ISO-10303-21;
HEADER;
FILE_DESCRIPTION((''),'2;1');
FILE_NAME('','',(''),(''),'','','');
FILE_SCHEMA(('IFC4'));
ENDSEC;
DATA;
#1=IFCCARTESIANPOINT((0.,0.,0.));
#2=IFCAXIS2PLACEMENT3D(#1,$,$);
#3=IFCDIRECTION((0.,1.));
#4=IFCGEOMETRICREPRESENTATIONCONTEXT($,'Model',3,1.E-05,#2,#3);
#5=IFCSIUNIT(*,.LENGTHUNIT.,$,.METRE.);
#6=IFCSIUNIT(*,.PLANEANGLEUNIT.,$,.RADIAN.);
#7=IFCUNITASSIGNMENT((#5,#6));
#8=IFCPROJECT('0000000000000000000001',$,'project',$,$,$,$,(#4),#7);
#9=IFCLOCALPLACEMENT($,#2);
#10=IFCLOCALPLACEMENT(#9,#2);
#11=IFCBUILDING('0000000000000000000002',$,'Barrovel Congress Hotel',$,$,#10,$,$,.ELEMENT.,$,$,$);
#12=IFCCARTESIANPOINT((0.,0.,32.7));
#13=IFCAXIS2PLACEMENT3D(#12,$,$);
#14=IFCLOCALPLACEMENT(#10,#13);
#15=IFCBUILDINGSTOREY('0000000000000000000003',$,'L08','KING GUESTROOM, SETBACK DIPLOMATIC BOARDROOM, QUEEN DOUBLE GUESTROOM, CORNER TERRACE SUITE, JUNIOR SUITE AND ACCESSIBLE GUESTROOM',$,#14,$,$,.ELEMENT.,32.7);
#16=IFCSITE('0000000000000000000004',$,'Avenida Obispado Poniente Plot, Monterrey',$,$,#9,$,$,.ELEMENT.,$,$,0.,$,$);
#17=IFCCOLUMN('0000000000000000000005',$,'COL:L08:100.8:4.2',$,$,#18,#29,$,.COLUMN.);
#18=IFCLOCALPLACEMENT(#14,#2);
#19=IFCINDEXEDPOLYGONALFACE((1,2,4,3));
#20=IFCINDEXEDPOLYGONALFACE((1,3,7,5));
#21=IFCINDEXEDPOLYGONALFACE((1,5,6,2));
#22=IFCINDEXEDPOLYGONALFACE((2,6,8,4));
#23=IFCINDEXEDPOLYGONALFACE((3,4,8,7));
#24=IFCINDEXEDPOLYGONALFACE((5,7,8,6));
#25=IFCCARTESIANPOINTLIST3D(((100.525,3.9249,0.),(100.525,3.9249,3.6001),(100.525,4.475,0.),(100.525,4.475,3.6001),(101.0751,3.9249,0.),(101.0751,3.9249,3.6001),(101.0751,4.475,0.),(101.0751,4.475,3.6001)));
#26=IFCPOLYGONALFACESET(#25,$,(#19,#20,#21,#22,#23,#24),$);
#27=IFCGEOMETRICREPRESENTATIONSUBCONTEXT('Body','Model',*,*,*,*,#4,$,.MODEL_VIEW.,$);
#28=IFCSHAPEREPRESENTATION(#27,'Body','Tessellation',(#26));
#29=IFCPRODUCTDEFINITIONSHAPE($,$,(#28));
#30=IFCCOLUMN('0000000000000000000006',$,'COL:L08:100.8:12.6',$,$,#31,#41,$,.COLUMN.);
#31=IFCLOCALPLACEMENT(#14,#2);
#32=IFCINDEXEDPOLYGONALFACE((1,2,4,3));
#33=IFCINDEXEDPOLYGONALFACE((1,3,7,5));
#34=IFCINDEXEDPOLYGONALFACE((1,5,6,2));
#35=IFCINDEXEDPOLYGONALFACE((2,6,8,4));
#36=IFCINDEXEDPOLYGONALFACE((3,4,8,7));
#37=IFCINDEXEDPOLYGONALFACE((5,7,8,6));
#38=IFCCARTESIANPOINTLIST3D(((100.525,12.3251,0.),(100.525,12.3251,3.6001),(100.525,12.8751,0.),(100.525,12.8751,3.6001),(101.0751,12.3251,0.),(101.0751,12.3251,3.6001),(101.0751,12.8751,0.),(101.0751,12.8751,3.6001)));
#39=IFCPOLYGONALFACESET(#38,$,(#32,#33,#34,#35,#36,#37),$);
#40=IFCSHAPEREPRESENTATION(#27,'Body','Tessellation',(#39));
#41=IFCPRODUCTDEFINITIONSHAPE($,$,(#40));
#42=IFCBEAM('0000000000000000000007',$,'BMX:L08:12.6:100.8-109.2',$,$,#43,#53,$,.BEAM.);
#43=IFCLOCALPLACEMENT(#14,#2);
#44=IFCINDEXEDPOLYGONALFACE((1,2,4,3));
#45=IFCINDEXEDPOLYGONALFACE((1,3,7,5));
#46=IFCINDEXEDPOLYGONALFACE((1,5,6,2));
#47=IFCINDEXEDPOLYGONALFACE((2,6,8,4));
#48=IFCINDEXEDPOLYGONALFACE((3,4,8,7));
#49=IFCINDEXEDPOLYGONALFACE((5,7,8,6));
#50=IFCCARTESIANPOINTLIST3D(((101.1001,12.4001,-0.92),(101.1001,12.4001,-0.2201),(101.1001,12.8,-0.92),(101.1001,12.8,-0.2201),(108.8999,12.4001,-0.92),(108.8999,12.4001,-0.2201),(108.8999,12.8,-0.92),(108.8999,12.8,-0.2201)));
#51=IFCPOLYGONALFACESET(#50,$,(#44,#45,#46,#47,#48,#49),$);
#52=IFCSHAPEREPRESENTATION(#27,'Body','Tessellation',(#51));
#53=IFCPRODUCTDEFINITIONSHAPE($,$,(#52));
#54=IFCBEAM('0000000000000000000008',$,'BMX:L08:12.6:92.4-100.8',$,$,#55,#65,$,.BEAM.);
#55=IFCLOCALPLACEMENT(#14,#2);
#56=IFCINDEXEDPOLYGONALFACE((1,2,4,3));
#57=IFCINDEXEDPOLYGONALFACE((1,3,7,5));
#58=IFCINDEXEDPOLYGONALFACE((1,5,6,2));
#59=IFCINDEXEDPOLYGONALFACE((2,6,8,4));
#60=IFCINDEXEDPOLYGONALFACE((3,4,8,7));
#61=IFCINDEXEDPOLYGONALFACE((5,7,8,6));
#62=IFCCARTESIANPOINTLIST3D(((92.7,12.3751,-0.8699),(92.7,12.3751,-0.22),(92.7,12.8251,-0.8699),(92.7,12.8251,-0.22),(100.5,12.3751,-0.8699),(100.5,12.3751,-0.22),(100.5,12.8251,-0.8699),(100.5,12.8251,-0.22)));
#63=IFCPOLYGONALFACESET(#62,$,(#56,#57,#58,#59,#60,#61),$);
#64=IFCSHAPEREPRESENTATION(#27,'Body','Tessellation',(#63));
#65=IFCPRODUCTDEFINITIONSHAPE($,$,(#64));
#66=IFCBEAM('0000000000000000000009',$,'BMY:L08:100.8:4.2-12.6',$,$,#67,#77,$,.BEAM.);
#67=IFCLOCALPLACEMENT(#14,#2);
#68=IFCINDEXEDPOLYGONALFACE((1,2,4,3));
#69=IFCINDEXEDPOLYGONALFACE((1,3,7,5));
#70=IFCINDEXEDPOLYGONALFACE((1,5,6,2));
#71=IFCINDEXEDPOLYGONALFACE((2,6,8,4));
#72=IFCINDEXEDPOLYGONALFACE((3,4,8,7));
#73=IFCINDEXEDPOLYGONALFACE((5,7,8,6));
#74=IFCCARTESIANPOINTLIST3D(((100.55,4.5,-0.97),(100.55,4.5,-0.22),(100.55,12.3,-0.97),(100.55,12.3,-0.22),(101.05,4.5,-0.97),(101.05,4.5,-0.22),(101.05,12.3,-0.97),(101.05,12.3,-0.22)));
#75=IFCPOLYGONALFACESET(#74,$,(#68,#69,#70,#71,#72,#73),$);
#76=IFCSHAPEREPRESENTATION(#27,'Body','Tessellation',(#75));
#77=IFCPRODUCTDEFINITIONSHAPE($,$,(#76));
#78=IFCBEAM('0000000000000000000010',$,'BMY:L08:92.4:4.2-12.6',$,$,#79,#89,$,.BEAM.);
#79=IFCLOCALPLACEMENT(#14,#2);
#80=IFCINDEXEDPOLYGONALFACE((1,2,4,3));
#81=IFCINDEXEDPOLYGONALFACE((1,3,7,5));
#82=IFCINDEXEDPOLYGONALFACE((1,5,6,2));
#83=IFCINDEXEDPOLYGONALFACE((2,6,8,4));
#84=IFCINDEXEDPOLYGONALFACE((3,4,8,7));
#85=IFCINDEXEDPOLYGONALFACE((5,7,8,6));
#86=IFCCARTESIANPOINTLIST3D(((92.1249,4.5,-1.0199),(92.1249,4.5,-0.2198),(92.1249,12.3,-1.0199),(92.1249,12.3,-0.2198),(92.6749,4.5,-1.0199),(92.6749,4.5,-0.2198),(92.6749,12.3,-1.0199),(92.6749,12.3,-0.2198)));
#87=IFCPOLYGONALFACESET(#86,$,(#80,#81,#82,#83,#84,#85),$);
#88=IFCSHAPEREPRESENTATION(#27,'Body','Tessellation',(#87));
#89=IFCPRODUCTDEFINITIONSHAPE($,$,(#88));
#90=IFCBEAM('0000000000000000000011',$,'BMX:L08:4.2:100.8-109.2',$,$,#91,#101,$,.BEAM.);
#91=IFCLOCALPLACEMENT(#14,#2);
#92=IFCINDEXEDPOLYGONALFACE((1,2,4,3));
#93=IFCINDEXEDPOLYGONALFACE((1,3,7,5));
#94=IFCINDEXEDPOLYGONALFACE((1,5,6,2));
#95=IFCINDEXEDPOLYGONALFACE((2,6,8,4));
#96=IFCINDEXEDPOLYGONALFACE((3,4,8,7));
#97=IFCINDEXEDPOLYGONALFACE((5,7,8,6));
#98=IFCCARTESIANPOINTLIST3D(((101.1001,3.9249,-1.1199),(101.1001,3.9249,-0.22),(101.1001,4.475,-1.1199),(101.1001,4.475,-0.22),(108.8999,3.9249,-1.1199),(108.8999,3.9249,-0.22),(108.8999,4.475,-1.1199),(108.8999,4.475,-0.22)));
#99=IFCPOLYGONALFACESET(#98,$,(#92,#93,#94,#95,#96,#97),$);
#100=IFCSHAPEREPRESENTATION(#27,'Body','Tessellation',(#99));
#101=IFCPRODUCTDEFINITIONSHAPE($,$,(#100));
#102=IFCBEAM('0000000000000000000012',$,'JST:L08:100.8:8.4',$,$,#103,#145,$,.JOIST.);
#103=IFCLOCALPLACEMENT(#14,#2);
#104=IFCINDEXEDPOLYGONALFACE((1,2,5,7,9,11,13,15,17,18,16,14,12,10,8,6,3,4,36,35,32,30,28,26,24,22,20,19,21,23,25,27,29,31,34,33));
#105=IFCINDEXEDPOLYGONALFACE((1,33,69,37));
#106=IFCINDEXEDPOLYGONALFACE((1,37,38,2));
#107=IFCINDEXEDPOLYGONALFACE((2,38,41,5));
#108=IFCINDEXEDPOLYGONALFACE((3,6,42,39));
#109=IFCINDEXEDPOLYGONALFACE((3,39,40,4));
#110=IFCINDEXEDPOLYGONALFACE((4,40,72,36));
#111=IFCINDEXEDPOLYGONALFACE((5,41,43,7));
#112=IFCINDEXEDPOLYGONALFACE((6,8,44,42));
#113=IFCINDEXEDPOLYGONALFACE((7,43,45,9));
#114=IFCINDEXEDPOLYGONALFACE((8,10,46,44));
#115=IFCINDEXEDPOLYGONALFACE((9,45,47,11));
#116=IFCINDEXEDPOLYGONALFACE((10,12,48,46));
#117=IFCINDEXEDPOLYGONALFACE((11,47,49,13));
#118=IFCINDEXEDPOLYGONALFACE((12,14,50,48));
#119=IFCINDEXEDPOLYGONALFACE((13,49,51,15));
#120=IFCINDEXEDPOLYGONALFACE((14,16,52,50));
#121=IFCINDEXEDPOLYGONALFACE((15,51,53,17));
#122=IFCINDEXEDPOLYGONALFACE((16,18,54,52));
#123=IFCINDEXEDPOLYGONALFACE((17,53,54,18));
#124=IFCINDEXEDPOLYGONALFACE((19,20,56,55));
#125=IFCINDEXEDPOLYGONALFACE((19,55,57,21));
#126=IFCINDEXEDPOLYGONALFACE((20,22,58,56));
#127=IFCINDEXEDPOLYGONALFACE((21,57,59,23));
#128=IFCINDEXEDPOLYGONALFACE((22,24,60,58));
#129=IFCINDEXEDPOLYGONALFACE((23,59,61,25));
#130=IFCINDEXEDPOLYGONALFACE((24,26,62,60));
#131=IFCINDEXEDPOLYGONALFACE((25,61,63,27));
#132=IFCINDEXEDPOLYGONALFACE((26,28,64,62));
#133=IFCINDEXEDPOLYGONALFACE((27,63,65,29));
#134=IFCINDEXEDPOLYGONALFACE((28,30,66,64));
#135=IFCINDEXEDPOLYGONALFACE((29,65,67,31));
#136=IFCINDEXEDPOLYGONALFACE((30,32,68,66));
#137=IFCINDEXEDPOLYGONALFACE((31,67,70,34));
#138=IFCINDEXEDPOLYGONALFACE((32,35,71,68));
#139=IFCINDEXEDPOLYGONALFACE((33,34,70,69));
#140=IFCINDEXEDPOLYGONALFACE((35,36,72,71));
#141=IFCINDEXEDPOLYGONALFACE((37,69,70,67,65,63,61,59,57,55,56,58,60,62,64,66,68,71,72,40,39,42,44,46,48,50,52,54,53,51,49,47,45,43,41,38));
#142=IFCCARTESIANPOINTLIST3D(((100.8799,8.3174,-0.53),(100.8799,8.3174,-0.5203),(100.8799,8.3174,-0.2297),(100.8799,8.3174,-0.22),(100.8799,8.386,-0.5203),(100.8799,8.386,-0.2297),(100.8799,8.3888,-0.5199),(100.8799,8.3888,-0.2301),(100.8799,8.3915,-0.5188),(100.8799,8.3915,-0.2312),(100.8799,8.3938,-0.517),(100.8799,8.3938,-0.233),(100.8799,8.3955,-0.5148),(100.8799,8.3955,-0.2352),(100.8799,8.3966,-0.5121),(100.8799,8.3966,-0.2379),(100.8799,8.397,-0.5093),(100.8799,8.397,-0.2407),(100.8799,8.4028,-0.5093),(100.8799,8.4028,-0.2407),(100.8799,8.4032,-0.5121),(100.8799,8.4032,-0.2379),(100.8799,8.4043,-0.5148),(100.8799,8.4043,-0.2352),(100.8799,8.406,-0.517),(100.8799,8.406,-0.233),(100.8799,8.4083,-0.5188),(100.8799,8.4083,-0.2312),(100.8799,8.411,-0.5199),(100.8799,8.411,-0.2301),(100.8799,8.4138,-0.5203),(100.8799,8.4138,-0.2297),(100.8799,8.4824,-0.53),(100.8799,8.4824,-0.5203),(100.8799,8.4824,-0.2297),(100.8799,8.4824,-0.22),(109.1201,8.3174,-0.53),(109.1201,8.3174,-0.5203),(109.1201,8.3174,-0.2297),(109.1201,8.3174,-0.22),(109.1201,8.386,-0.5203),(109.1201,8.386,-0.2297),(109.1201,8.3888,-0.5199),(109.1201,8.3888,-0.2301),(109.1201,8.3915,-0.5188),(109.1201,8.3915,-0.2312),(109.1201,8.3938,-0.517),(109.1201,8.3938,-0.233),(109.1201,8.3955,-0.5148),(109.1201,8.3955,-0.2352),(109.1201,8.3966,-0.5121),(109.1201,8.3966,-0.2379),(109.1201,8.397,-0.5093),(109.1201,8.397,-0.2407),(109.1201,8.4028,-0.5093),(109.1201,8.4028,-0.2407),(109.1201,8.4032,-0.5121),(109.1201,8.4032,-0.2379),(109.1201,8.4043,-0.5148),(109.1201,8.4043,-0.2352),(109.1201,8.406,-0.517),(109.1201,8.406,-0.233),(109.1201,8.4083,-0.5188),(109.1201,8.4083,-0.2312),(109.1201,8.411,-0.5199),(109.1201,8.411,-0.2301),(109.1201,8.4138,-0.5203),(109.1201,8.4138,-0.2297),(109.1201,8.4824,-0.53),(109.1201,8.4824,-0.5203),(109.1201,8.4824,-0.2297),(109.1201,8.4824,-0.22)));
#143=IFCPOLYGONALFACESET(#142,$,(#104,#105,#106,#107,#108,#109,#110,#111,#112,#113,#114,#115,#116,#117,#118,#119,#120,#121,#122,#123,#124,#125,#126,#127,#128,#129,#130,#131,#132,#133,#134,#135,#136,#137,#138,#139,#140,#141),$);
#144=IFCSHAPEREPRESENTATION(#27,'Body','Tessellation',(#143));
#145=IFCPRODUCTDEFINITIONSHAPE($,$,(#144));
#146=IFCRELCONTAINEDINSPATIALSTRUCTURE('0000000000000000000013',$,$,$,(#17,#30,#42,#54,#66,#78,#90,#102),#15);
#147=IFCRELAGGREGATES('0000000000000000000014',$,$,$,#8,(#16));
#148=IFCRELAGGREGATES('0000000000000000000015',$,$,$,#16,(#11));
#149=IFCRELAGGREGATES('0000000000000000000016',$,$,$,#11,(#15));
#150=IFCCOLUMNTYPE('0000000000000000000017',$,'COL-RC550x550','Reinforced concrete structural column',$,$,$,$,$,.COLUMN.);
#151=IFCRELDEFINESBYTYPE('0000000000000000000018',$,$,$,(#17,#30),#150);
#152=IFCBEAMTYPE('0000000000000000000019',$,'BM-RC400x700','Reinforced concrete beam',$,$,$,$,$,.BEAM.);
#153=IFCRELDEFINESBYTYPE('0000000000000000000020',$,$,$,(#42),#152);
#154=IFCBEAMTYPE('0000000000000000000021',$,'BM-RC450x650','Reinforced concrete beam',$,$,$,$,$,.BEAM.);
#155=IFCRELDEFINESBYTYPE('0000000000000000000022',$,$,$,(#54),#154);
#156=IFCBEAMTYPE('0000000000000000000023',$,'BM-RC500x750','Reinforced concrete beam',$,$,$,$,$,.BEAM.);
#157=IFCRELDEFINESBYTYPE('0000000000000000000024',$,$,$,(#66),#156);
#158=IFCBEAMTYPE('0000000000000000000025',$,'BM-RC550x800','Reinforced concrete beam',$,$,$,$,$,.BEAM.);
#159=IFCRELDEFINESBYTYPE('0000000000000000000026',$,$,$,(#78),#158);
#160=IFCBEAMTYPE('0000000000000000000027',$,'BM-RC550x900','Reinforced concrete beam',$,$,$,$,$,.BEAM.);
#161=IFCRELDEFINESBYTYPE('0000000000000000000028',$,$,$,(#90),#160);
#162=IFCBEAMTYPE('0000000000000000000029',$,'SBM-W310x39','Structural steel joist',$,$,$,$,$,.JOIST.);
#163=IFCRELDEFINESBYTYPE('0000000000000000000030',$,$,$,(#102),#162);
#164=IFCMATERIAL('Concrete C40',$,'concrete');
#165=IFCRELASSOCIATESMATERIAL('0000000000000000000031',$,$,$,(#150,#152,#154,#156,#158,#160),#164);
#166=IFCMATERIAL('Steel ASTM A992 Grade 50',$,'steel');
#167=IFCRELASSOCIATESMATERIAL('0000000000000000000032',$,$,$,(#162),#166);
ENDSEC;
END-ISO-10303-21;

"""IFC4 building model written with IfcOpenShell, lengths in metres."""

from ifc_helpers import new_model, si_unit, direction, frame, origin, origin_2d, place, context, subcontext, project, spatial, rectangle, i_section, extrude, material, material_profile, profile_set, type_object, element, save


model = new_model("IFC4")

# Units and contexts
model_context = context("Model", 3, precision=1e-05, world=origin(), true_north=direction((0.0, 1.0)))
body_context = subcontext(model_context, "Body", "Model", "MODEL_VIEW")
ifc_project = project(units=[si_unit("LENGTHUNIT", "METRE"), si_unit("PLANEANGLEUNIT", "RADIAN")], contexts=[model_context])

# Site, building, storey
site_placement = place(None, origin())
site = spatial("IfcSite", under=ifc_project, at=site_placement, Name="Avenida Obispado Poniente Plot, Monterrey", CompositionType="ELEMENT", RefElevation=0.0)
building_placement = place(site_placement, origin())
building = spatial("IfcBuilding", under=site, at=building_placement, Name="Barrovel Congress Hotel", CompositionType="ELEMENT")
storey_placement = place(building_placement, frame((0.0, 0.0, 32.7)))
storey = spatial("IfcBuildingStorey", under=building, at=storey_placement, Name="L08", Description="KING GUESTROOM, SETBACK DIPLOMATIC BOARDROOM, QUEEN DOUBLE GUESTROOM, CORNER TERRACE SUITE, JUNIOR SUITE AND ACCESSIBLE GUESTROOM", CompositionType="ELEMENT", Elevation=32.7)

# Columns
ifc_material_1 = material(Name="Concrete C40", Category="concrete")
ifc_material_profile_1 = material_profile(ifc_material_1, rectangle(XDim=0.55, YDim=0.55, at=origin_2d()), Name="RC550x550")
ifc_profile_set_1 = profile_set([ifc_material_profile_1], Name="Concrete C40")
column_type = type_object("IfcColumnType", Name="COL-RC550x550", Description="Reinforced concrete structural column", PredefinedType="COLUMN", material=ifc_profile_set_1)
for number, where, z_axis, x_axis, name in (
    (1, (100.8, 4.2, 0.0), (0.0, 0.0, 1.0), (1.0, 0.0, 0.0), "COL:L08:100.8:4.2"),
    (2, (100.8, 12.6001, 0.0), (0.0, 0.0, 1.0), (1.0, 0.0, 0.0), "COL:L08:100.8:12.6"),
):
    element("IfcColumn", number, at=place(storey_placement, frame(where, z_axis=z_axis, x_axis=x_axis)), inside=storey, type_object=column_type, Name=name, PredefinedType="COLUMN", context=body_context, shape_type="SweptSolid", body=[
        extrude(rectangle(XDim=0.55, YDim=0.55, at=origin_2d()), origin(), (0.0, 0.0, 1.0), 3.6001),
    ])

# Beams
ifc_material_profile_2 = material_profile(ifc_material_1, rectangle(XDim=0.3999, YDim=0.7, at=origin_2d()), Name="RC400x700")
ifc_profile_set_2 = profile_set([ifc_material_profile_2], Name="Concrete C40")
beam_type_1 = type_object("IfcBeamType", Name="BM-RC400x700", Description="Reinforced concrete beam", PredefinedType="BEAM", material=ifc_profile_set_2)
beam_1_placement = place(storey_placement, frame((101.1001, 12.6001, -0.5701), z_axis=(1.0, 0.0, 0.0), x_axis=(0.0, 1.0, 0.0)))
element("IfcBeam", 3, at=beam_1_placement, inside=storey, type_object=beam_type_1, Name="BMX:L08:12.6:100.8-109.2", PredefinedType="BEAM", context=body_context, shape_type="SweptSolid", body=[
    extrude(rectangle(XDim=0.3999, YDim=0.7, at=origin_2d()), origin(), (0.0, 0.0, 1.0), 7.7998),
])
ifc_material_profile_3 = material_profile(ifc_material_1, rectangle(XDim=0.45, YDim=0.6499, at=origin_2d()), Name="RC450x650")
ifc_profile_set_3 = profile_set([ifc_material_profile_3], Name="Concrete C40")
beam_type_2 = type_object("IfcBeamType", Name="BM-RC450x650", Description="Reinforced concrete beam", PredefinedType="BEAM", material=ifc_profile_set_3)
beam_2_placement = place(storey_placement, frame((92.7, 12.6001, -0.5449), z_axis=(1.0, 0.0, 0.0), x_axis=(0.0, 1.0, 0.0)))
element("IfcBeam", 4, at=beam_2_placement, inside=storey, type_object=beam_type_2, Name="BMX:L08:12.6:92.4-100.8", PredefinedType="BEAM", context=body_context, shape_type="SweptSolid", body=[
    extrude(rectangle(XDim=0.45, YDim=0.6499, at=origin_2d()), origin(), (0.0, 0.0, 1.0), 7.8),
])
ifc_material_profile_4 = material_profile(ifc_material_1, rectangle(XDim=0.5, YDim=0.75, at=origin_2d()), Name="RC500x750")
ifc_profile_set_4 = profile_set([ifc_material_profile_4], Name="Concrete C40")
beam_type_3 = type_object("IfcBeamType", Name="BM-RC500x750", Description="Reinforced concrete beam", PredefinedType="BEAM", material=ifc_profile_set_4)
beam_3_placement = place(storey_placement, frame((100.8, 4.5, -0.595), z_axis=(0.0, 1.0, 0.0), x_axis=(-1.0, 0.0, 0.0)))
element("IfcBeam", 5, at=beam_3_placement, inside=storey, type_object=beam_type_3, Name="BMY:L08:100.8:4.2-12.6", PredefinedType="BEAM", context=body_context, shape_type="SweptSolid", body=[
    extrude(rectangle(XDim=0.5, YDim=0.75, at=origin_2d()), origin(), (0.0, 0.0, 1.0), 7.8),
])
ifc_material_profile_5 = material_profile(ifc_material_1, rectangle(XDim=0.55, YDim=0.8, at=origin_2d()), Name="RC550x800")
ifc_profile_set_5 = profile_set([ifc_material_profile_5], Name="Concrete C40")
beam_type_4 = type_object("IfcBeamType", Name="BM-RC550x800", Description="Reinforced concrete beam", PredefinedType="BEAM", material=ifc_profile_set_5)
beam_4_placement = place(storey_placement, frame((92.3999, 4.5, -0.6199), z_axis=(0.0, 1.0, 0.0), x_axis=(-1.0, 0.0, 0.0)))
element("IfcBeam", 6, at=beam_4_placement, inside=storey, type_object=beam_type_4, Name="BMY:L08:92.4:4.2-12.6", PredefinedType="BEAM", context=body_context, shape_type="SweptSolid", body=[
    extrude(rectangle(XDim=0.55, YDim=0.8, at=origin_2d()), origin(), (0.0, 0.0, 1.0), 7.8),
])
ifc_material_profile_6 = material_profile(ifc_material_1, rectangle(XDim=0.55, YDim=0.8999, at=origin_2d()), Name="RC550x900")
ifc_profile_set_6 = profile_set([ifc_material_profile_6], Name="Concrete C40")
beam_type_5 = type_object("IfcBeamType", Name="BM-RC550x900", Description="Reinforced concrete beam", PredefinedType="BEAM", material=ifc_profile_set_6)
beam_5_placement = place(storey_placement, frame((101.1001, 4.2, -0.6699), z_axis=(1.0, 0.0, 0.0), x_axis=(0.0, 1.0, 0.0)))
element("IfcBeam", 7, at=beam_5_placement, inside=storey, type_object=beam_type_5, Name="BMX:L08:4.2:100.8-109.2", PredefinedType="BEAM", context=body_context, shape_type="SweptSolid", body=[
    extrude(rectangle(XDim=0.55, YDim=0.8999, at=origin_2d()), origin(), (0.0, 0.0, 1.0), 7.7998),
])
ifc_material_2 = material(Name="Steel ASTM A992 Grade 50", Category="steel")
ifc_material_profile_7 = material_profile(ifc_material_2, i_section(OverallWidth=0.165, OverallDepth=0.3101, WebThickness=0.0059, FlangeThickness=0.0098, FilletRadius=0.011, at=origin_2d()), Name="W310x39")
ifc_profile_set_7 = profile_set([ifc_material_profile_7], Name="Steel ASTM A992 Grade 50")
beam_type_6 = type_object("IfcBeamType", Name="SBM-W310x39", Description="Structural steel joist", PredefinedType="JOIST", material=ifc_profile_set_7)
beam_6_placement = place(storey_placement, frame((100.8799, 8.3999, -0.375), z_axis=(1.0, 0.0, 0.0), x_axis=(0.0, 1.0, 0.0)))
element("IfcBeam", 8, at=beam_6_placement, inside=storey, type_object=beam_type_6, Name="JST:L08:100.8:8.4", PredefinedType="JOIST", context=body_context, shape_type="SweptSolid", body=[
    extrude(i_section(OverallWidth=0.165, OverallDepth=0.3101, WebThickness=0.0059, FlangeThickness=0.0098, FilletRadius=0.011, at=origin_2d()), origin(), (0.0, 0.0, 1.0), 8.2402),
])

save(model, "model.ifc")
